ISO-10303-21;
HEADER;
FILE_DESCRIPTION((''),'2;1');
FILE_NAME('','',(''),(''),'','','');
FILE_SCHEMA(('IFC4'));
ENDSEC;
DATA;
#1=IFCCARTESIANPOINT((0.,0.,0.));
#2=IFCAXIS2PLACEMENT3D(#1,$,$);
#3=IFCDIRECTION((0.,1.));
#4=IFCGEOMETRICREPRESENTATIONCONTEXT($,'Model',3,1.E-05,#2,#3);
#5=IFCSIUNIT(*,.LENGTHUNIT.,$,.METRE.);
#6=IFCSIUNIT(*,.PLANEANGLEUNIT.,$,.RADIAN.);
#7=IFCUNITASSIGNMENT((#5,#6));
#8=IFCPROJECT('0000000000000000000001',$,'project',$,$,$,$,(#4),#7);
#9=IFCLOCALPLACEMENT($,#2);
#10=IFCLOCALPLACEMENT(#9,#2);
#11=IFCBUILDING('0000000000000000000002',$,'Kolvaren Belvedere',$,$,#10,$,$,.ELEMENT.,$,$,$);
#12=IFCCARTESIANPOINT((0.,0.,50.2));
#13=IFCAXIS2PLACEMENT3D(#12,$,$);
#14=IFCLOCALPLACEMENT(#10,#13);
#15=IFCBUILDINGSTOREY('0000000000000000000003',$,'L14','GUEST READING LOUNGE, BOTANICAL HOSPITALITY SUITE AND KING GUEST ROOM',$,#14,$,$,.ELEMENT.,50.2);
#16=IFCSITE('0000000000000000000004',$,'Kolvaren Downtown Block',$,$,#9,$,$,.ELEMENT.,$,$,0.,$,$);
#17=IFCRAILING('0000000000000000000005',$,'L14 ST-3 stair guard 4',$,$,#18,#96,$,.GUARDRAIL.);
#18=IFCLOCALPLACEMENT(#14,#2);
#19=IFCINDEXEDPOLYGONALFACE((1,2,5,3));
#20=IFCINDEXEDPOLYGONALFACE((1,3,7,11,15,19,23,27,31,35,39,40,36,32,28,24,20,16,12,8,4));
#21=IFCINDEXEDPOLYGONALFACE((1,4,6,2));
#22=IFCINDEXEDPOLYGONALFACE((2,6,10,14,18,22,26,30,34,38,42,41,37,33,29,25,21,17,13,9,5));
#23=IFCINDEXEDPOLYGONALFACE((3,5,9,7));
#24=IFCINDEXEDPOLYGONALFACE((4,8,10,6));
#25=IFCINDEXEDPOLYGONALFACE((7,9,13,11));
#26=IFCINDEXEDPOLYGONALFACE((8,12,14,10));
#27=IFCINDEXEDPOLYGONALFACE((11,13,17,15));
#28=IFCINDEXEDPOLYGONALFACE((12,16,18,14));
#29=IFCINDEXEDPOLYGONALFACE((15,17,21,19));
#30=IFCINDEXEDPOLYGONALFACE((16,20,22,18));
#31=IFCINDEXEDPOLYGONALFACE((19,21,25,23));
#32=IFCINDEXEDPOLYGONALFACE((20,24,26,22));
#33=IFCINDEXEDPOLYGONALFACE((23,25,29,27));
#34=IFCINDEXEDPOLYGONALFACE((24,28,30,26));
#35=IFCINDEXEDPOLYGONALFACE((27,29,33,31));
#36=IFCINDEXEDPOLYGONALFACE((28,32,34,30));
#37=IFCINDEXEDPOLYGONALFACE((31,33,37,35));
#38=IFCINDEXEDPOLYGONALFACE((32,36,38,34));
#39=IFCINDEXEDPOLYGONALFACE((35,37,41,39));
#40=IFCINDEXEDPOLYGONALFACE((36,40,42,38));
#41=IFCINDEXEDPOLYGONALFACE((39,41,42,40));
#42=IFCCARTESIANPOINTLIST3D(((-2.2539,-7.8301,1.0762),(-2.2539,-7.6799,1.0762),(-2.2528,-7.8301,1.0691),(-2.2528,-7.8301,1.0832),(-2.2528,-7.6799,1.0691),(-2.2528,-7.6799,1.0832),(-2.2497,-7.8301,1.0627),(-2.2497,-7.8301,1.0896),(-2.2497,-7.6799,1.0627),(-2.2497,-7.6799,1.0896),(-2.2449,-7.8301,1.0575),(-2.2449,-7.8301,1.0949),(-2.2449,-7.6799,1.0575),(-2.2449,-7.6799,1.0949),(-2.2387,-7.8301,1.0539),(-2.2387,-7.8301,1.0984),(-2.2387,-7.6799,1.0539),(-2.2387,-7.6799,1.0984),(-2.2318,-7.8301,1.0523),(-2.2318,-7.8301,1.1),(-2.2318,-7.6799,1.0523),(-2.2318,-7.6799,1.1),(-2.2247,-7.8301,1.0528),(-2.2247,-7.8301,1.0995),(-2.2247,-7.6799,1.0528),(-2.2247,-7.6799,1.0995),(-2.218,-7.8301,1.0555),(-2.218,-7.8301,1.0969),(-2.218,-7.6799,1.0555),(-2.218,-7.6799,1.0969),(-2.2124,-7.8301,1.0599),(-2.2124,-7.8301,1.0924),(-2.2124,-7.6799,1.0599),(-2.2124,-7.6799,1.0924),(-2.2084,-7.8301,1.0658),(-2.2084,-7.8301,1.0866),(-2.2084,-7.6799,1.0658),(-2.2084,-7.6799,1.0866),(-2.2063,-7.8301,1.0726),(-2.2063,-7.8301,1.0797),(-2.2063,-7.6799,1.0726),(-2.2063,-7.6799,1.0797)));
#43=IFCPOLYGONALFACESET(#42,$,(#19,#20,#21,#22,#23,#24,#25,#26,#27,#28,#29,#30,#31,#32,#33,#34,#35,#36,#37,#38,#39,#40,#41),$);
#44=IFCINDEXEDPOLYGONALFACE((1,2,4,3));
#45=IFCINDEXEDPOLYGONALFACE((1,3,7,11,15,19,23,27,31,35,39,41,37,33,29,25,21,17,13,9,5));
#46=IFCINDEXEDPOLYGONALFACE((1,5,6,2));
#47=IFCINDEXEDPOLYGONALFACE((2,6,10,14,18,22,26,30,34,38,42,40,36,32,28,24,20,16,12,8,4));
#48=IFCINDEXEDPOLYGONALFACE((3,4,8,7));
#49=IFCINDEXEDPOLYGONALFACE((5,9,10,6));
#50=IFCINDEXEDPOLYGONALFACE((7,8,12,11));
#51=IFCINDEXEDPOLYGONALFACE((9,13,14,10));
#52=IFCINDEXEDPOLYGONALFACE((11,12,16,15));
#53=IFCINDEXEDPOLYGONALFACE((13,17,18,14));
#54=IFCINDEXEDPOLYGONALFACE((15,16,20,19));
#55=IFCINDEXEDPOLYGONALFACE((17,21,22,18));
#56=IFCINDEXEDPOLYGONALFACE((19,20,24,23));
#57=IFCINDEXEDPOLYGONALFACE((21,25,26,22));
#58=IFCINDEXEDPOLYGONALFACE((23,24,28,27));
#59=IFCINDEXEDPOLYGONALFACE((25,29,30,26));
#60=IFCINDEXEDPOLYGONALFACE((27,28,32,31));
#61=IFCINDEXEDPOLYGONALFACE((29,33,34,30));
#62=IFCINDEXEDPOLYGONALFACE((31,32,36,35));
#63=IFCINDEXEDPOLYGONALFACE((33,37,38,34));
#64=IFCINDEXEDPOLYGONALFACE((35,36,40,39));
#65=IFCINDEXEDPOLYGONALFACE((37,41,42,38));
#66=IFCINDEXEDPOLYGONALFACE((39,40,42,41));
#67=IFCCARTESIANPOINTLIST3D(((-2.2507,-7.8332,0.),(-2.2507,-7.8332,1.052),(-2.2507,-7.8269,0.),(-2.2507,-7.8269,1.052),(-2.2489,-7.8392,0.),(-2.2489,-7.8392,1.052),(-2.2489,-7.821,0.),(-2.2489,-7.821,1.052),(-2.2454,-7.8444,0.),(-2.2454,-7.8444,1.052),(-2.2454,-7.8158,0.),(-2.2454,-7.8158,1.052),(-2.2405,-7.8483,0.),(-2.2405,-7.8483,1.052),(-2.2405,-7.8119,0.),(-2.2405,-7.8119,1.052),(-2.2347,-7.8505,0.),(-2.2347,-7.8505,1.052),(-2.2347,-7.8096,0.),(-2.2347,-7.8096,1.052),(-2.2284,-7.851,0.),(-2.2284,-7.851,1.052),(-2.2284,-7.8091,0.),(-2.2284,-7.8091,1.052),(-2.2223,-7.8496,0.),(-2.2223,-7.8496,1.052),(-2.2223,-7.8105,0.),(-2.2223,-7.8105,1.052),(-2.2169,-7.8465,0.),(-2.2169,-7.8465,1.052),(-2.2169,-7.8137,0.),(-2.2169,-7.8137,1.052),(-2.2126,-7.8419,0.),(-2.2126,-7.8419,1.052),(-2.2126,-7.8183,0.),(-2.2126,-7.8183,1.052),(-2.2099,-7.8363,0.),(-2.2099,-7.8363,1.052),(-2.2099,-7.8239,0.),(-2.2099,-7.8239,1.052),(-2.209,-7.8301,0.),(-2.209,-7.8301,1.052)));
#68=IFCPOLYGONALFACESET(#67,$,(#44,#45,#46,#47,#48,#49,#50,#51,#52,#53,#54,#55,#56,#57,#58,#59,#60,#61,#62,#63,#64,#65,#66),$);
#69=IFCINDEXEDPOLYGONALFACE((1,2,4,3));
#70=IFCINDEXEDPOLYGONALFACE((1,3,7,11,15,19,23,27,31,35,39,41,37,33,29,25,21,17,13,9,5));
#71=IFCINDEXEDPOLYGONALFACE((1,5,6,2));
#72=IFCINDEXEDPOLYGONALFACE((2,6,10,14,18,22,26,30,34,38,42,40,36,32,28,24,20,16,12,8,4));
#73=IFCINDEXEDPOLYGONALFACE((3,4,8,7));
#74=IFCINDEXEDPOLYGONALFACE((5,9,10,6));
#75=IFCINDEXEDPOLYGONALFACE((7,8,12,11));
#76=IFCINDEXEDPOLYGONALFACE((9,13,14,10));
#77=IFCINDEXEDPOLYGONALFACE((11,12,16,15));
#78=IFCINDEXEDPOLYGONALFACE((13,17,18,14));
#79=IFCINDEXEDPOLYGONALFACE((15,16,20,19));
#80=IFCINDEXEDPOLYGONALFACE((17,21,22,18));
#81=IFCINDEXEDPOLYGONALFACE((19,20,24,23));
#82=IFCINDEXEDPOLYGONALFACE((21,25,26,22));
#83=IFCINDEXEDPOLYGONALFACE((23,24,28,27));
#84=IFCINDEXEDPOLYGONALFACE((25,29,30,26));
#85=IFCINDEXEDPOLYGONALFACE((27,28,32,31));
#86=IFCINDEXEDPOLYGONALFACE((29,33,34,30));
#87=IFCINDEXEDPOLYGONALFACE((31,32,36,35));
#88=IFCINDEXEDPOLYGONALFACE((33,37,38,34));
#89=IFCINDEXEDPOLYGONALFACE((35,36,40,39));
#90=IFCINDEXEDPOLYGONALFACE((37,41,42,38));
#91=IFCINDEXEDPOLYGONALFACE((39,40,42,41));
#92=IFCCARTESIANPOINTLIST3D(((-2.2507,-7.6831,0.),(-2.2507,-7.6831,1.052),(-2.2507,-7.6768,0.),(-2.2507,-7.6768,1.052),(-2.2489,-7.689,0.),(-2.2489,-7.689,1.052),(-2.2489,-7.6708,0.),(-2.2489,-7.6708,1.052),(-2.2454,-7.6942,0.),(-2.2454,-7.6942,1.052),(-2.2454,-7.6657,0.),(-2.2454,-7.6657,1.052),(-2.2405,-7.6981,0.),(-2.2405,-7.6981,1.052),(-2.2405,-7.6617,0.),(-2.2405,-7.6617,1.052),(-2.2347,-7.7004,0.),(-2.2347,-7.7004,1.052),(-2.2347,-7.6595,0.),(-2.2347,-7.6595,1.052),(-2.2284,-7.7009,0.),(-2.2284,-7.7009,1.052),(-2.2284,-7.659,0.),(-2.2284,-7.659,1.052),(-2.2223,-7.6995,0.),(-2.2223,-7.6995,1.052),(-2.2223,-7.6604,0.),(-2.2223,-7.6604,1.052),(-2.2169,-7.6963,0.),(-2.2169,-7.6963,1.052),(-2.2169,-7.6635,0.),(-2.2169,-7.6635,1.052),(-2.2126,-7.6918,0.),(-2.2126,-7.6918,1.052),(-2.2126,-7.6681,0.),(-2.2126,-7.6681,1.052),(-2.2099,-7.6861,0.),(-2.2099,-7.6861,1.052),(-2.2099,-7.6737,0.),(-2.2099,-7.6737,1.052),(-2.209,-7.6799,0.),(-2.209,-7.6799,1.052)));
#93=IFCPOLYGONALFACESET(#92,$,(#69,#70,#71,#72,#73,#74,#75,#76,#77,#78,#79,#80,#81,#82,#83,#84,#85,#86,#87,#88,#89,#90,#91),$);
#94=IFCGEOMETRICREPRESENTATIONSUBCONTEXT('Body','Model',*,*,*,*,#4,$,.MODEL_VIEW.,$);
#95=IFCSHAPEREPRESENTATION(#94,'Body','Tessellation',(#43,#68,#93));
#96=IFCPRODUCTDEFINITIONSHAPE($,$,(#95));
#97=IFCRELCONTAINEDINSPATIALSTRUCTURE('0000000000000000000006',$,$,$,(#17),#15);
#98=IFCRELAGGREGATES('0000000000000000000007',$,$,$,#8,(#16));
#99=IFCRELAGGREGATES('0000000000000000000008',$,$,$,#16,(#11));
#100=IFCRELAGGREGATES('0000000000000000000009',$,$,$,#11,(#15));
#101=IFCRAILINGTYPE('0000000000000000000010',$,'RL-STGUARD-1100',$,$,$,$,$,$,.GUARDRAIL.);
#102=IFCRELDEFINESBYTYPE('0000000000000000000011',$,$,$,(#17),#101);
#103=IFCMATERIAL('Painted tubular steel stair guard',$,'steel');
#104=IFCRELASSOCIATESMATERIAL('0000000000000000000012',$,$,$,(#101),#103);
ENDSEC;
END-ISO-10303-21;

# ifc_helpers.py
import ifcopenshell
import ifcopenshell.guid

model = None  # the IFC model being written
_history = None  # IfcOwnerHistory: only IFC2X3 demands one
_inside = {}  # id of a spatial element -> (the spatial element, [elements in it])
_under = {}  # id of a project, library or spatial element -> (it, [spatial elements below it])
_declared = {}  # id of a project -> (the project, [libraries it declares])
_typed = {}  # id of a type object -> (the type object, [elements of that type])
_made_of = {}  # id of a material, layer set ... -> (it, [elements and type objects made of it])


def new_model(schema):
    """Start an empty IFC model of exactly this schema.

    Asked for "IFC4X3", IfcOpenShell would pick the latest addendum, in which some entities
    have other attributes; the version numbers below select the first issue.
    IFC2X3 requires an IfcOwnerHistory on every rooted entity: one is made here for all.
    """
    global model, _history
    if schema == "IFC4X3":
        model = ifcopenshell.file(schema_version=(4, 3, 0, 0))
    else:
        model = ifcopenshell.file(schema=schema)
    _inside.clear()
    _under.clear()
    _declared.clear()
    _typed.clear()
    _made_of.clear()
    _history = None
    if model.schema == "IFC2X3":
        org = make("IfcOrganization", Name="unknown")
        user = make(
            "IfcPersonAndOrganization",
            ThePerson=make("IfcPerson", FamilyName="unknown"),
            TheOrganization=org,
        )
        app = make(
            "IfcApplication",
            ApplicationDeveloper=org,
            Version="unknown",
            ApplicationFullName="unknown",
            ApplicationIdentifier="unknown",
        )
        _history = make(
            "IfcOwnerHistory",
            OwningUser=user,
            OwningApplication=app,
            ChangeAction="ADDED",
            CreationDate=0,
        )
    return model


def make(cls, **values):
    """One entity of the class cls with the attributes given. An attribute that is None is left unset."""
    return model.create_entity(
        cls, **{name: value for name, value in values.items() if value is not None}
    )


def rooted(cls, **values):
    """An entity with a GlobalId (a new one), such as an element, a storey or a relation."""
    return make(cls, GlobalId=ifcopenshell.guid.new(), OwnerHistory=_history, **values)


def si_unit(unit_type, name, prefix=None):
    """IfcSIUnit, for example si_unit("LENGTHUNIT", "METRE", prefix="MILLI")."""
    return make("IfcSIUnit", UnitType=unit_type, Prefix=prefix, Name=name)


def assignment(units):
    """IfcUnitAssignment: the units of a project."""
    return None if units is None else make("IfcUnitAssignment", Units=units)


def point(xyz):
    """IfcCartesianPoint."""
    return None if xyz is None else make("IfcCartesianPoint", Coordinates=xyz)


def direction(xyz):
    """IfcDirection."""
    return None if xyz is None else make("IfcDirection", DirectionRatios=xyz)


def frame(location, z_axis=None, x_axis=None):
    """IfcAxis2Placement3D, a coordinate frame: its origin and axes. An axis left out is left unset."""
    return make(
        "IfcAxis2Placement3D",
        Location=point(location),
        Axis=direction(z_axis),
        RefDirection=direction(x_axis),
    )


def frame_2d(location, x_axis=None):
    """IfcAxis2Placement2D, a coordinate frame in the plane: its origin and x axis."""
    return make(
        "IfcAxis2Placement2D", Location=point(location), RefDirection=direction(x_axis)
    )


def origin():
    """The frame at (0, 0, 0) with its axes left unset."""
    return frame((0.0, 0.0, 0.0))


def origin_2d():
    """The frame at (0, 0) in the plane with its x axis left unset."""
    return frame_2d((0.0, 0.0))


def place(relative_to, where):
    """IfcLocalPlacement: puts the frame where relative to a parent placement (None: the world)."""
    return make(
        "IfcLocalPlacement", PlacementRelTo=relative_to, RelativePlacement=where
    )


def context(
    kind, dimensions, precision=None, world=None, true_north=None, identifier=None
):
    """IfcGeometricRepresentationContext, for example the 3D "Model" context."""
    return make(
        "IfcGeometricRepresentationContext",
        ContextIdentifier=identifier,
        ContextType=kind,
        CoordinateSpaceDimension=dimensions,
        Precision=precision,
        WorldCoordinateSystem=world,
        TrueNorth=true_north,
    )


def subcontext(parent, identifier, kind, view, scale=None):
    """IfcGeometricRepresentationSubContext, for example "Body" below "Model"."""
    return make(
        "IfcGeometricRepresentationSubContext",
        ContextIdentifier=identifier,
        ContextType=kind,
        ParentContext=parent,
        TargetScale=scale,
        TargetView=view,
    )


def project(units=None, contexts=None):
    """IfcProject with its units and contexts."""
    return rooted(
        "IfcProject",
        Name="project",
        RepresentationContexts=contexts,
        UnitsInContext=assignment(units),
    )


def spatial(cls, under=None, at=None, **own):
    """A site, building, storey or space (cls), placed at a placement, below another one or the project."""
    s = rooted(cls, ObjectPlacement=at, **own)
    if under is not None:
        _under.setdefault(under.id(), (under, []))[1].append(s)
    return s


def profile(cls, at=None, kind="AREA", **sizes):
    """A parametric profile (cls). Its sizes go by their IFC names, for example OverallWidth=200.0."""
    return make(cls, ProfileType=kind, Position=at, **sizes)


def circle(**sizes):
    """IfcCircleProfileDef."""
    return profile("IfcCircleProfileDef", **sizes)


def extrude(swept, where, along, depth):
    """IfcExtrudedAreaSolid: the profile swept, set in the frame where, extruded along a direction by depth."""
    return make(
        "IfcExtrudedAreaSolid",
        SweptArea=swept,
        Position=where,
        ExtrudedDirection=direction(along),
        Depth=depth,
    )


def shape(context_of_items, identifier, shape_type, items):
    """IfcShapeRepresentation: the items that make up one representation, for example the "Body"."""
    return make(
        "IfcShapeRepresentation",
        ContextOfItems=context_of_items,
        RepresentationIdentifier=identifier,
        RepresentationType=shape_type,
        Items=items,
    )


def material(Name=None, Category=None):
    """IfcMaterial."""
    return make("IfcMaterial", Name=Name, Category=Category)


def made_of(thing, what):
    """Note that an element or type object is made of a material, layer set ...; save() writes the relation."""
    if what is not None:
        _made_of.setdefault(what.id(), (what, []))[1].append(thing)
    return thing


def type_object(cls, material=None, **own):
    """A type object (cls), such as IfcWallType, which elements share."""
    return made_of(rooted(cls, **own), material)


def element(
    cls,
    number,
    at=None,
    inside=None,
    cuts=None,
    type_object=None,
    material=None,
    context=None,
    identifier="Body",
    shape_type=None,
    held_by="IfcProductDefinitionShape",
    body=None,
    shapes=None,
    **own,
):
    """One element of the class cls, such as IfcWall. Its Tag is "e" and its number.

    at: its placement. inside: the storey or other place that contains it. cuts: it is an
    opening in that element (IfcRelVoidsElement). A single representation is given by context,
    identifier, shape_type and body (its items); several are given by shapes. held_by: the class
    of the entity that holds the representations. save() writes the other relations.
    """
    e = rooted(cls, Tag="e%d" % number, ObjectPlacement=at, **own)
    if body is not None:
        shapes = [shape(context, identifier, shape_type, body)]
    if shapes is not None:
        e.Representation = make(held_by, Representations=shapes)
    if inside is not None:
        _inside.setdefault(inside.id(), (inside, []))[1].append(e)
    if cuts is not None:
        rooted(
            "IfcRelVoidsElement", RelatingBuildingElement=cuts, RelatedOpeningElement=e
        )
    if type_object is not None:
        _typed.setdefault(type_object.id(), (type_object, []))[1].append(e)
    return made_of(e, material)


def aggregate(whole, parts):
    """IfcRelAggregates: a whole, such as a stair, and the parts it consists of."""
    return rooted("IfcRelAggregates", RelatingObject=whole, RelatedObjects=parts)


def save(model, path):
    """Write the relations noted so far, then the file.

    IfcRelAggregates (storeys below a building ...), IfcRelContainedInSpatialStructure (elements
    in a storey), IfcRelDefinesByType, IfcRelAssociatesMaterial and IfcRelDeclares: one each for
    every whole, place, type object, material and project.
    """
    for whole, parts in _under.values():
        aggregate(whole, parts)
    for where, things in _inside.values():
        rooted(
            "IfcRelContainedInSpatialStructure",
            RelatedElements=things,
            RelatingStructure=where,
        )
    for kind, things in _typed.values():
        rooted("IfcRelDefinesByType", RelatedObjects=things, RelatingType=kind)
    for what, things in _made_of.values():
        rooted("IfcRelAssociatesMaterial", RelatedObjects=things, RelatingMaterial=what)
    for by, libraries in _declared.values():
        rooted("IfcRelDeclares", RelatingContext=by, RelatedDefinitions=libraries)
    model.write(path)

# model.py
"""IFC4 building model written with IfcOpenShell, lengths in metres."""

from ifc_helpers import new_model, si_unit, direction, frame, origin, origin_2d, place, context, subcontext, project, spatial, circle, extrude, material, type_object, element, save


model = new_model("IFC4")

# Units and contexts
model_context = context("Model", 3, precision=1e-05, world=origin(), true_north=direction((0.0, 1.0)))
body_context = subcontext(model_context, "Body", "Model", "MODEL_VIEW")
ifc_project = project(units=[si_unit("LENGTHUNIT", "METRE"), si_unit("PLANEANGLEUNIT", "RADIAN")], contexts=[model_context])

# Site, building, storey
site_placement = place(None, origin())
site = spatial("IfcSite", under=ifc_project, at=site_placement, Name="Kolvaren Downtown Block", CompositionType="ELEMENT", RefElevation=0.0)
building_placement = place(site_placement, origin())
building = spatial("IfcBuilding", under=site, at=building_placement, Name="Kolvaren Belvedere", CompositionType="ELEMENT")
storey_placement = place(building_placement, frame((0.0, 0.0, 50.2)))
storey = spatial("IfcBuildingStorey", under=building, at=storey_placement, Name="L14", Description="GUEST READING LOUNGE, BOTANICAL HOSPITALITY SUITE AND KING GUEST ROOM", CompositionType="ELEMENT", Elevation=50.2)

# Railing
ifc_material_1 = material(Name="Painted tubular steel stair guard", Category="steel")
railing_type_1 = type_object("IfcRailingType", Name="RL-STGUARD-1100", PredefinedType="GUARDRAIL", material=ifc_material_1)
railing_1_placement = place(storey_placement, frame((-2.23, -7.8301, 0.0)))
element("IfcRailing", 1, at=railing_1_placement, inside=storey, type_object=railing_type_1, Name="L14 ST-3 stair guard 4", PredefinedType="GUARDRAIL", context=body_context, shape_type="SweptSolid", body=[
    extrude(circle(Radius=0.0239, at=origin_2d()), frame((0.0, 0.0, 1.0762), z_axis=(0.0, 1.0, 0.0), x_axis=(-1.0, 0.0, 0.0)), (0.0, 0.0, 1.0), 0.1501),
    extrude(circle(Radius=0.021, at=origin_2d()), origin(), (0.0, 0.0, 1.0), 1.052),
    extrude(circle(Radius=0.021, at=origin_2d()), frame((0.0, 0.1501, 0.0)), (0.0, 0.0, 1.0), 1.052),
])

save(model, "model.ifc")
